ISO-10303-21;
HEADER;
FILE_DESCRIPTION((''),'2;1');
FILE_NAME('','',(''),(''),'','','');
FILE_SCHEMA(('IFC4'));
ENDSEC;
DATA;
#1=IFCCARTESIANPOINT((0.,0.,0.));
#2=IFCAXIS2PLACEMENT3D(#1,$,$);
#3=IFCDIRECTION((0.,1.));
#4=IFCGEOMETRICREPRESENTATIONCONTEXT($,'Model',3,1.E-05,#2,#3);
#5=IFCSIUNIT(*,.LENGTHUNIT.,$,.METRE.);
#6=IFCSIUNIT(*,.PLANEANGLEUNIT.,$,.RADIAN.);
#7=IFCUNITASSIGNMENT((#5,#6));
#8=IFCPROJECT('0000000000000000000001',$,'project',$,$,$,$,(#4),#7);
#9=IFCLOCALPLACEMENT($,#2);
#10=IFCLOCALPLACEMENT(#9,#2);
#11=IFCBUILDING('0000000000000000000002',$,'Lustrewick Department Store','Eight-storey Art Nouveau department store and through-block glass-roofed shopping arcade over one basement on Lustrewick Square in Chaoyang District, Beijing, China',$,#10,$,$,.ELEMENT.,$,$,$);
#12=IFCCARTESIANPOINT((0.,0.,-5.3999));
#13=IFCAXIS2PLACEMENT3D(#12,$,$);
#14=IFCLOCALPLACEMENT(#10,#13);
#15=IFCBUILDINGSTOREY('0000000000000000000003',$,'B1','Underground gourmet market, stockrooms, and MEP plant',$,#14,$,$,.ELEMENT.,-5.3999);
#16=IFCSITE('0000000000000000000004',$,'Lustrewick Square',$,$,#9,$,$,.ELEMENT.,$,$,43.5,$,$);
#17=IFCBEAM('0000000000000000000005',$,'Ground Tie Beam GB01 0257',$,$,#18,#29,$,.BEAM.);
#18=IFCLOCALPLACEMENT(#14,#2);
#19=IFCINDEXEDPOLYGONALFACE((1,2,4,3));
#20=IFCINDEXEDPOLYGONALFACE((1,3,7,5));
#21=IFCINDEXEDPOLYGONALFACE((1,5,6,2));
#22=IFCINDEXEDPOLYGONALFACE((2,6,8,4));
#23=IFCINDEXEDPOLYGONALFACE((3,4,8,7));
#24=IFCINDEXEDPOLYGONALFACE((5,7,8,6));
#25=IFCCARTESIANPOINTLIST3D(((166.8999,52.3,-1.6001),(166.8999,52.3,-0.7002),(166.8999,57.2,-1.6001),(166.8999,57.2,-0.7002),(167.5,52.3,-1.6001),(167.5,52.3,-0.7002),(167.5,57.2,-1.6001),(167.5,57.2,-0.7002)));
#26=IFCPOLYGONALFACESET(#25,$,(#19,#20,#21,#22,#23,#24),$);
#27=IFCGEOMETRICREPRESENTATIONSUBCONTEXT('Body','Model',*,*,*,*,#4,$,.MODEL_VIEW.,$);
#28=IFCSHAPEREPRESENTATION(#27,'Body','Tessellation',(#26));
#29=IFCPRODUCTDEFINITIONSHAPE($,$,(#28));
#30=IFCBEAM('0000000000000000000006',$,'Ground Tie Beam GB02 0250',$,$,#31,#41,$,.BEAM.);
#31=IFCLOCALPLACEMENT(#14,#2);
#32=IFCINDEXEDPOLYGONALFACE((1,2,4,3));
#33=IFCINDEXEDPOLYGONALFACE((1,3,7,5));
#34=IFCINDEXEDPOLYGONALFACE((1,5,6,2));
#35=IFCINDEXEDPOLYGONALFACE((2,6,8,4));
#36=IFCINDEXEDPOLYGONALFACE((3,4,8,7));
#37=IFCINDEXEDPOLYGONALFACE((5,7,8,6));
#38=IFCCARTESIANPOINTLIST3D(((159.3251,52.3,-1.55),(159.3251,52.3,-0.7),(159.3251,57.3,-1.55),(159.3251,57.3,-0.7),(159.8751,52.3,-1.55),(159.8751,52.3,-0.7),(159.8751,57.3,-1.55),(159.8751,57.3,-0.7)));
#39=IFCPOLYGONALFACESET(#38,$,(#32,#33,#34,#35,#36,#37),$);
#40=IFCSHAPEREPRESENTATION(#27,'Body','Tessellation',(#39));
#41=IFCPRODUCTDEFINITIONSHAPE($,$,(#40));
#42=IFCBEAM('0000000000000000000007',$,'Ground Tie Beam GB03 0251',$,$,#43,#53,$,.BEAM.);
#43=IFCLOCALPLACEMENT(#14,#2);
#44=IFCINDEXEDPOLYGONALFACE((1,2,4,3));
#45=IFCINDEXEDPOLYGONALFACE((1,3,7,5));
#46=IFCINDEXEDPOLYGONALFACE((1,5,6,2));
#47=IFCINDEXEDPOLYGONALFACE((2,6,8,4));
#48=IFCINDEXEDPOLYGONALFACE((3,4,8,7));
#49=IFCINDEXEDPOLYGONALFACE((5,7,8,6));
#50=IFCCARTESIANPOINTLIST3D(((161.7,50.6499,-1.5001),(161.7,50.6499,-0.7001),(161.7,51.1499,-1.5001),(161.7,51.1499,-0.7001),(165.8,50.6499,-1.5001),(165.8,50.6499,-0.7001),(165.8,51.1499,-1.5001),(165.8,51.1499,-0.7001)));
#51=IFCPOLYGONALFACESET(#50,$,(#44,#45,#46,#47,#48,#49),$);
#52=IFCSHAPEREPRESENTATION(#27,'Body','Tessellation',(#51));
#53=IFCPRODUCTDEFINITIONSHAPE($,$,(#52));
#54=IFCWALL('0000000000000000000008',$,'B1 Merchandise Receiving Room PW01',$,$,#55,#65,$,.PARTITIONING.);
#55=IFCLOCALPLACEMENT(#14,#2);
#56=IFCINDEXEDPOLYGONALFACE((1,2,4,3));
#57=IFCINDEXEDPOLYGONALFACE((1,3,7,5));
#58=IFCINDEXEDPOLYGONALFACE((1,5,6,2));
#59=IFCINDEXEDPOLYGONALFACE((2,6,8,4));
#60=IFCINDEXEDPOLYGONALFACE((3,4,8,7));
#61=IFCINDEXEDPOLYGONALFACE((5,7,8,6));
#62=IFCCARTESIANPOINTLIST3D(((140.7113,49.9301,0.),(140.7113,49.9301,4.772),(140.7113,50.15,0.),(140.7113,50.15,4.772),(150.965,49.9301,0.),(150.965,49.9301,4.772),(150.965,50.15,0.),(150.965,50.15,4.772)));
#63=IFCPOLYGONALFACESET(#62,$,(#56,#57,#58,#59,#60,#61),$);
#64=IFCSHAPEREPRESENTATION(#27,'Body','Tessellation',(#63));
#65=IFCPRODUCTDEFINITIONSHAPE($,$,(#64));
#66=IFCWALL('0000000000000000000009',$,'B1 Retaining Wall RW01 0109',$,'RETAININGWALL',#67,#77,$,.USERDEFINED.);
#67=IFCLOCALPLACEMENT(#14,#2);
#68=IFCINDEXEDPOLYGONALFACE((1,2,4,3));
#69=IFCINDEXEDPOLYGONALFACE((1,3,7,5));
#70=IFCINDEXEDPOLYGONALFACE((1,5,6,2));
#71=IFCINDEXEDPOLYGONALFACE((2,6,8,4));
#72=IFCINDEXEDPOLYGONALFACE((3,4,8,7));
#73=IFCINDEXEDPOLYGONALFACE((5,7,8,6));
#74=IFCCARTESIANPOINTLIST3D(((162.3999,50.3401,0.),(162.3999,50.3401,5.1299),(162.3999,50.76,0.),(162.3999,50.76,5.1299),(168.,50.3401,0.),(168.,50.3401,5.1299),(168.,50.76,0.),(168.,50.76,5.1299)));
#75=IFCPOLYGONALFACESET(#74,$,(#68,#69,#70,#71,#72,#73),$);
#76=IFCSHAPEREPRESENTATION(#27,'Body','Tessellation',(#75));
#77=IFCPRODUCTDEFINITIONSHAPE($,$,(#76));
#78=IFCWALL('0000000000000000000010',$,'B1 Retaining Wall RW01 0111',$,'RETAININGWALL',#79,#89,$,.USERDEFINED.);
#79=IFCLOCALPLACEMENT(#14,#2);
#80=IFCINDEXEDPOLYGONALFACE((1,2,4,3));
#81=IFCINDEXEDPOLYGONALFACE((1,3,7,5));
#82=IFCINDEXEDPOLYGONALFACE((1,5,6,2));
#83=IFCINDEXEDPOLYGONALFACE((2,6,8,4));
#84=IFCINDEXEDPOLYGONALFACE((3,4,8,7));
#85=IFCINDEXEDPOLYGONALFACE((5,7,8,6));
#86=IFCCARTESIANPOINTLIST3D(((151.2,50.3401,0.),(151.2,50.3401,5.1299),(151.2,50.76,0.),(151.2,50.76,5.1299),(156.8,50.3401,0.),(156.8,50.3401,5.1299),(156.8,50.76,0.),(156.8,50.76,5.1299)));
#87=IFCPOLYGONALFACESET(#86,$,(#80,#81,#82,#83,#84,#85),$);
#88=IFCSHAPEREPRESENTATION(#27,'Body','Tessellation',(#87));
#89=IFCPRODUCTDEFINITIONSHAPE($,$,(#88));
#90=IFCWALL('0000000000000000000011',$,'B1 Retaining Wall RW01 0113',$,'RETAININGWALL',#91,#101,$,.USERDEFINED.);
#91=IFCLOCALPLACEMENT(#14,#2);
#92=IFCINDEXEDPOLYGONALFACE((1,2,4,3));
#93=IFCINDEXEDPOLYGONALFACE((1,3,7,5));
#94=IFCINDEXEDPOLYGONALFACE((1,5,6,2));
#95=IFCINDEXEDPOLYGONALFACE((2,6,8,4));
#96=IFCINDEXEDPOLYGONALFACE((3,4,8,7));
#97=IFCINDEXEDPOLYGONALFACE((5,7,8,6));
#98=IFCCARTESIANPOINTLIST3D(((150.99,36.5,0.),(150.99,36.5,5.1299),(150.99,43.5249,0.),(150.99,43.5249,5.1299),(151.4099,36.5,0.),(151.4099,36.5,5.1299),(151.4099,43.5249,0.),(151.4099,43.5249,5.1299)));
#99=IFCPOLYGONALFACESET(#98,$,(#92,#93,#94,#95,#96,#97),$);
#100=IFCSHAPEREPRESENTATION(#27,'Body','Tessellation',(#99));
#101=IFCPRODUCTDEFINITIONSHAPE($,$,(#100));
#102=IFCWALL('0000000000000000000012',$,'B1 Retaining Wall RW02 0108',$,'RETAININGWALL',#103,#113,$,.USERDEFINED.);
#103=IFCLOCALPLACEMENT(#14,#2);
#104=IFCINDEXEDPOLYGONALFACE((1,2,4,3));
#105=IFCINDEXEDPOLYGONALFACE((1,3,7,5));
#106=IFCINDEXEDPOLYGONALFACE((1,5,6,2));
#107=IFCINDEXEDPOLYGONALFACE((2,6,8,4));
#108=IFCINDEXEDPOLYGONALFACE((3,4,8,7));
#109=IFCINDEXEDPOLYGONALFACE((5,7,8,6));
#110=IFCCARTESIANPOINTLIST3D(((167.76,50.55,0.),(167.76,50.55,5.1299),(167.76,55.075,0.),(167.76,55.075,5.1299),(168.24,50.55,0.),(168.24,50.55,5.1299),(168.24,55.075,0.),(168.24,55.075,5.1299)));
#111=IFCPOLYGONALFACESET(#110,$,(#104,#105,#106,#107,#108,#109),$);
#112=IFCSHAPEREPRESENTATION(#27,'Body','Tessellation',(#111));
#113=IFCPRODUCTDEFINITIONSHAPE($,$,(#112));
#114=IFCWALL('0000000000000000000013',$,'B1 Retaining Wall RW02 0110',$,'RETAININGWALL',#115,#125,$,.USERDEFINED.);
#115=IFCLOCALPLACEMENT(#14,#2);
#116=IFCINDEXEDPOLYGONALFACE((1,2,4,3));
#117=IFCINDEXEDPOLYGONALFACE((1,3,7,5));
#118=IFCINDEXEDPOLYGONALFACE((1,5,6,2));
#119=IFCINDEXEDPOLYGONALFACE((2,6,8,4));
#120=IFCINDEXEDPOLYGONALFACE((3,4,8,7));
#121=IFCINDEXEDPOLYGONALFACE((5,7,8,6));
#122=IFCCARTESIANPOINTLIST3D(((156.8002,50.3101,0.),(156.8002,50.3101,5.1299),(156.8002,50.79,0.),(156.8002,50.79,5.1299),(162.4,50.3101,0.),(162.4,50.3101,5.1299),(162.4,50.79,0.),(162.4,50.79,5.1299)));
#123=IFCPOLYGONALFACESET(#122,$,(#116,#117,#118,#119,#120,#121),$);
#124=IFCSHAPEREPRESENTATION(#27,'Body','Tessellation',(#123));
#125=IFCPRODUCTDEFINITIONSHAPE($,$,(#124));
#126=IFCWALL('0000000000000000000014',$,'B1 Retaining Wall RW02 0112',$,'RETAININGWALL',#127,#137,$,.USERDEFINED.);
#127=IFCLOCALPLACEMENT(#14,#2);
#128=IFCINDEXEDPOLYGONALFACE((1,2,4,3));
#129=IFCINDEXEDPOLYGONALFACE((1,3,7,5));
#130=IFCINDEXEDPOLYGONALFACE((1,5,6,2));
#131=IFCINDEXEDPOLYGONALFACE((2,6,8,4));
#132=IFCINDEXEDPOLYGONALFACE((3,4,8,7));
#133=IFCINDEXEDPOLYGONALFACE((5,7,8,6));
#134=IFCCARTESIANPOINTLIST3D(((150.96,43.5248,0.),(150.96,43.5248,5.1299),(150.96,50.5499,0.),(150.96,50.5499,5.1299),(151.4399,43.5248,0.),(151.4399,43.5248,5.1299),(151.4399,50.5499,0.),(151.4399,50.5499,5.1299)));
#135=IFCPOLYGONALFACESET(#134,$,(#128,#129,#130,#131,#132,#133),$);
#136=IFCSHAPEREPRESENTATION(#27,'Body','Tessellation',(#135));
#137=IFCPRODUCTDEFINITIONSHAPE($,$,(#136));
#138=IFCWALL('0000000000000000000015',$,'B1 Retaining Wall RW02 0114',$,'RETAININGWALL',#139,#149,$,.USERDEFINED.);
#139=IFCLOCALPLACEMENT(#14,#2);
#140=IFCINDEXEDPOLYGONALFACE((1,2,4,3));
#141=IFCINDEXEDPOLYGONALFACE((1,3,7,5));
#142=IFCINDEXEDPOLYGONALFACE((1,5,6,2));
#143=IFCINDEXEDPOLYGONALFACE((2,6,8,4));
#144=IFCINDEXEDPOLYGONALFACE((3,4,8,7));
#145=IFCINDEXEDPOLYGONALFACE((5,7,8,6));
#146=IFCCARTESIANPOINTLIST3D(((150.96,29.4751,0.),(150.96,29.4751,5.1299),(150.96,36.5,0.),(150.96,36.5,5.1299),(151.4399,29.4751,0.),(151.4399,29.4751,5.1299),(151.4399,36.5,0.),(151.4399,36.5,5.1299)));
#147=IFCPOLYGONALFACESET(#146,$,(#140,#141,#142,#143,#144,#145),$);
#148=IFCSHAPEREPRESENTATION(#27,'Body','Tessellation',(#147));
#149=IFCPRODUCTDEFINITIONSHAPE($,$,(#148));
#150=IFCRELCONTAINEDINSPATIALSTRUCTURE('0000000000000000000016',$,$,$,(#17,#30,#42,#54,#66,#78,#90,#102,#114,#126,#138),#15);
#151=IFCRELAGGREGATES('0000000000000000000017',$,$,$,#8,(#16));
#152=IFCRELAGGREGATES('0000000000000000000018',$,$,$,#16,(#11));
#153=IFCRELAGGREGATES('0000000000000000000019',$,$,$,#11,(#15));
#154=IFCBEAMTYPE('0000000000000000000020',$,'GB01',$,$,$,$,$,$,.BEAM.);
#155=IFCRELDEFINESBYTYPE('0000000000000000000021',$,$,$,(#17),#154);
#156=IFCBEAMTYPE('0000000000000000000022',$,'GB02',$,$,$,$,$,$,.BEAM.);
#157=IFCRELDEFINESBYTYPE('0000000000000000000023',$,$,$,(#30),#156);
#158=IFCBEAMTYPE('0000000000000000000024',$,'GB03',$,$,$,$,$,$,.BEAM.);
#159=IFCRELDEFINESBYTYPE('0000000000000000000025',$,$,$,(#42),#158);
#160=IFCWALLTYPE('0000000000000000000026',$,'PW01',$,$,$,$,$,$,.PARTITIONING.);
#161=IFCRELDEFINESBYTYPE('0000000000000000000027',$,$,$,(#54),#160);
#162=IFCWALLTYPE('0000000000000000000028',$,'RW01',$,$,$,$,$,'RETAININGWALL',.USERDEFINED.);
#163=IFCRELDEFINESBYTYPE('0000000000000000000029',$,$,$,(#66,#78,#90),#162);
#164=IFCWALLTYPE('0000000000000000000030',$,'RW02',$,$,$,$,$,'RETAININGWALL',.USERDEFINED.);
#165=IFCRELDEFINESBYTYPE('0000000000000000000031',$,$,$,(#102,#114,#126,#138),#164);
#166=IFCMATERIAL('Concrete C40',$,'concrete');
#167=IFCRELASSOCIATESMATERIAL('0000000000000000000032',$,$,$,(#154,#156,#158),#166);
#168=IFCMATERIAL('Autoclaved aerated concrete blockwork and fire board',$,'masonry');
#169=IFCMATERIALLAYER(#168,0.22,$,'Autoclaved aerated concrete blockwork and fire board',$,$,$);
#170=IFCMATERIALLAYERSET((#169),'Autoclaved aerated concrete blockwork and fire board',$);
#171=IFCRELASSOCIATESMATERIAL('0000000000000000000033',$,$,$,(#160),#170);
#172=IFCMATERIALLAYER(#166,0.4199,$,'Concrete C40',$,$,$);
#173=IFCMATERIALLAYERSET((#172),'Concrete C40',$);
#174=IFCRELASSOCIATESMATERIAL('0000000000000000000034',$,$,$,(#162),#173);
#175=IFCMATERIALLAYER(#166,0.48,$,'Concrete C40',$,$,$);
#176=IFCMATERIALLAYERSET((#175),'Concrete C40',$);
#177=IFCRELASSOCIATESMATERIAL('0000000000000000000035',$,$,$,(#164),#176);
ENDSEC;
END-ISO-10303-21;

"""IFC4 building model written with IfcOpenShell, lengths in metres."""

from ifc_helpers import new_model, si_unit, direction, frame, frame_2d, origin, origin_2d, place, context, subcontext, project, spatial, rectangle, extrude, material, layer, layer_set, material_profile, profile_set, type_object, element, save


model = new_model("IFC4")

# Units and contexts
model_context = context("Model", 3, precision=1e-05, world=origin(), true_north=direction((0.0, 1.0)))
body_context = subcontext(model_context, "Body", "Model", "MODEL_VIEW")
ifc_project = project(units=[si_unit("LENGTHUNIT", "METRE"), si_unit("PLANEANGLEUNIT", "RADIAN")], contexts=[model_context])

# Site, building, storey
site_placement = place(None, origin())
site = spatial("IfcSite", under=ifc_project, at=site_placement, Name="Lustrewick Square", CompositionType="ELEMENT", RefElevation=43.5)
building_placement = place(site_placement, origin())
building = spatial("IfcBuilding", under=site, at=building_placement, Name="Lustrewick Department Store", Description="Eight-storey Art Nouveau department store and through-block glass-roofed shopping arcade over one basement on Lustrewick Square in Chaoyang District, Beijing, China", CompositionType="ELEMENT")
storey_placement = place(building_placement, frame((0.0, 0.0, -5.3999)))
storey = spatial("IfcBuildingStorey", under=building, at=storey_placement, Name="B1", Description="Underground gourmet market, stockrooms, and MEP plant", CompositionType="ELEMENT", Elevation=-5.3999)

# Shared definitions
ifc_material_1 = material(Name="Concrete C40", Category="concrete")

# Beams
ifc_material_profile_1 = material_profile(ifc_material_1, rectangle(XDim=0.6001, YDim=0.8999, at=origin_2d()), Name="RC 600x900")
ifc_profile_set_1 = profile_set([ifc_material_profile_1], Name="Concrete C40")
beam_type_1 = type_object("IfcBeamType", Name="GB01", PredefinedType="BEAM", material=ifc_profile_set_1)
beam_1_placement = place(storey_placement, frame((167.2, 52.3, -1.1501), z_axis=(0.0, 1.0, 0.0), x_axis=(-1.0, 0.0, 0.0)))
element("IfcBeam", 1, at=beam_1_placement, inside=storey, type_object=beam_type_1, Name="Ground Tie Beam GB01 0257", PredefinedType="BEAM", context=body_context, shape_type="SweptSolid", body=[
    extrude(rectangle(XDim=0.6001, YDim=0.8999, at=origin_2d()), origin(), (0.0, 0.0, 1.0), 4.8999),
])
ifc_material_profile_2 = material_profile(ifc_material_1, rectangle(XDim=0.55, YDim=0.8501, at=origin_2d()), Name="RC 550x850")
ifc_profile_set_2 = profile_set([ifc_material_profile_2], Name="Concrete C40")
beam_type_2 = type_object("IfcBeamType", Name="GB02", PredefinedType="BEAM", material=ifc_profile_set_2)
beam_2_placement = place(storey_placement, frame((159.6001, 52.3, -1.125), z_axis=(0.0, 1.0, 0.0), x_axis=(-1.0, 0.0, 0.0)))
element("IfcBeam", 2, at=beam_2_placement, inside=storey, type_object=beam_type_2, Name="Ground Tie Beam GB02 0250", PredefinedType="BEAM", context=body_context, shape_type="SweptSolid", body=[
    extrude(rectangle(XDim=0.55, YDim=0.8501, at=origin_2d()), origin(), (0.0, 0.0, 1.0), 5.0),
])
ifc_material_profile_3 = material_profile(ifc_material_1, rectangle(XDim=0.5, YDim=0.8, at=origin_2d()), Name="RC 500x800")
ifc_profile_set_3 = profile_set([ifc_material_profile_3], Name="Concrete C40")
beam_type_3 = type_object("IfcBeamType", Name="GB03", PredefinedType="BEAM", material=ifc_profile_set_3)
beam_3_placement = place(storey_placement, frame((161.7, 50.8999, -1.1001), z_axis=(1.0, 0.0, 0.0), x_axis=(0.0, 1.0, 0.0)))
element("IfcBeam", 3, at=beam_3_placement, inside=storey, type_object=beam_type_3, Name="Ground Tie Beam GB03 0251", PredefinedType="BEAM", context=body_context, shape_type="SweptSolid", body=[
    extrude(rectangle(XDim=0.5, YDim=0.8, at=origin_2d()), origin(), (0.0, 0.0, 1.0), 4.1001),
])

# Walls
ifc_material_2 = material(Name="Autoclaved aerated concrete blockwork and fire board", Category="masonry")
ifc_layer_1 = layer(ifc_material_2, 0.22, Name="Autoclaved aerated concrete blockwork and fire board")
ifc_layer_set_1 = layer_set([ifc_layer_1], Name="Autoclaved aerated concrete blockwork and fire board")
wall_type_1 = type_object("IfcWallType", Name="PW01", PredefinedType="PARTITIONING", material=ifc_layer_set_1)
wall_1_placement = place(storey_placement, frame((150.9651, 50.04, 0.0), z_axis=(0.0, 0.0, 1.0), x_axis=(-1.0, 0.0, 0.0)))
element("IfcWall", 4, at=wall_1_placement, inside=storey, type_object=wall_type_1, Name="B1 Merchandise Receiving Room PW01", PredefinedType="PARTITIONING", context=body_context, shape_type="SweptSolid", body=[
    extrude(rectangle(XDim=10.2537, YDim=0.22, at=frame_2d((5.127, 0.0))), origin(), (0.0, 0.0, 1.0), 4.772),
])
ifc_layer_2 = layer(ifc_material_1, 0.4199, Name="Concrete C40")
ifc_layer_set_2 = layer_set([ifc_layer_2], Name="Concrete C40")
wall_type_2 = type_object("IfcWallType", Name="RW01", ElementType="RETAININGWALL", PredefinedType="USERDEFINED", material=ifc_layer_set_2)
for number, where, z_axis, x_axis, name in (
    (5, (168.0, 50.55, 0.0), (0.0, 0.0, 1.0), (-1.0, 0.0, 0.0), "B1 Retaining Wall RW01 0109"),
    (6, (156.8, 50.55, 0.0), (0.0, 0.0, 1.0), (-1.0, 0.0, 0.0), "B1 Retaining Wall RW01 0111"),
):
    element("IfcWall", number, at=place(storey_placement, frame(where, z_axis=z_axis, x_axis=x_axis)), inside=storey, type_object=wall_type_2, Name=name, ObjectType="RETAININGWALL", PredefinedType="USERDEFINED", context=body_context, shape_type="SweptSolid", body=[
        extrude(rectangle(XDim=5.6001, YDim=0.4199, at=frame_2d((2.8, 0.0))), origin(), (0.0, 0.0, 1.0), 5.1299),
    ])
wall_2_placement = place(storey_placement, frame((151.2, 43.5249, 0.0), z_axis=(0.0, 0.0, 1.0), x_axis=(0.0, -1.0, 0.0)))
element("IfcWall", 7, at=wall_2_placement, inside=storey, type_object=wall_type_2, Name="B1 Retaining Wall RW01 0113", ObjectType="RETAININGWALL", PredefinedType="USERDEFINED", context=body_context, shape_type="SweptSolid", body=[
    extrude(rectangle(XDim=7.0249, YDim=0.4199, at=frame_2d((3.5125, 0.0))), origin(), (0.0, 0.0, 1.0), 5.1299),
])
ifc_layer_3 = layer(ifc_material_1, 0.48, Name="Concrete C40")
ifc_layer_set_3 = layer_set([ifc_layer_3], Name="Concrete C40")
wall_type_3 = type_object("IfcWallType", Name="RW02", ElementType="RETAININGWALL", PredefinedType="USERDEFINED", material=ifc_layer_set_3)
wall_3_placement = place(storey_placement, frame((168.0, 55.075, 0.0), z_axis=(0.0, 0.0, 1.0), x_axis=(0.0, -1.0, 0.0)))
element("IfcWall", 8, at=wall_3_placement, inside=storey, type_object=wall_type_3, Name="B1 Retaining Wall RW02 0108", ObjectType="RETAININGWALL", PredefinedType="USERDEFINED", context=body_context, shape_type="SweptSolid", body=[
    extrude(rectangle(XDim=4.5249, YDim=0.48, at=frame_2d((2.2625, 0.0))), origin(), (0.0, 0.0, 1.0), 5.1299),
])
wall_4_placement = place(storey_placement, frame((162.3999, 50.55, 0.0), z_axis=(0.0, 0.0, 1.0), x_axis=(-1.0, 0.0, 0.0)))
element("IfcWall", 9, at=wall_4_placement, inside=storey, type_object=wall_type_3, Name="B1 Retaining Wall RW02 0110", ObjectType="RETAININGWALL", PredefinedType="USERDEFINED", context=body_context, shape_type="SweptSolid", body=[
    extrude(rectangle(XDim=5.5999, YDim=0.48, at=frame_2d((2.7998, 0.0))), origin(), (0.0, 0.0, 1.0), 5.1299),
])
wall_5_placement = place(storey_placement, frame((151.2, 50.55, 0.0), z_axis=(0.0, 0.0, 1.0), x_axis=(0.0, -1.0, 0.0)))
element("IfcWall", 10, at=wall_5_placement, inside=storey, type_object=wall_type_3, Name="B1 Retaining Wall RW02 0112", ObjectType="RETAININGWALL", PredefinedType="USERDEFINED", context=body_context, shape_type="SweptSolid", body=[
    extrude(rectangle(XDim=7.0251, YDim=0.48, at=frame_2d((3.5127, 0.0))), origin(), (0.0, 0.0, 1.0), 5.1299),
])
wall_6_placement = place(storey_placement, frame((151.2, 36.5, 0.0), z_axis=(0.0, 0.0, 1.0), x_axis=(0.0, -1.0, 0.0)))
element("IfcWall", 11, at=wall_6_placement, inside=storey, type_object=wall_type_3, Name="B1 Retaining Wall RW02 0114", ObjectType="RETAININGWALL", PredefinedType="USERDEFINED", context=body_context, shape_type="SweptSolid", body=[
    extrude(rectangle(XDim=7.0249, YDim=0.48, at=frame_2d((3.5125, 0.0))), origin(), (0.0, 0.0, 1.0), 5.1299),
])

save(model, "model.ifc")
